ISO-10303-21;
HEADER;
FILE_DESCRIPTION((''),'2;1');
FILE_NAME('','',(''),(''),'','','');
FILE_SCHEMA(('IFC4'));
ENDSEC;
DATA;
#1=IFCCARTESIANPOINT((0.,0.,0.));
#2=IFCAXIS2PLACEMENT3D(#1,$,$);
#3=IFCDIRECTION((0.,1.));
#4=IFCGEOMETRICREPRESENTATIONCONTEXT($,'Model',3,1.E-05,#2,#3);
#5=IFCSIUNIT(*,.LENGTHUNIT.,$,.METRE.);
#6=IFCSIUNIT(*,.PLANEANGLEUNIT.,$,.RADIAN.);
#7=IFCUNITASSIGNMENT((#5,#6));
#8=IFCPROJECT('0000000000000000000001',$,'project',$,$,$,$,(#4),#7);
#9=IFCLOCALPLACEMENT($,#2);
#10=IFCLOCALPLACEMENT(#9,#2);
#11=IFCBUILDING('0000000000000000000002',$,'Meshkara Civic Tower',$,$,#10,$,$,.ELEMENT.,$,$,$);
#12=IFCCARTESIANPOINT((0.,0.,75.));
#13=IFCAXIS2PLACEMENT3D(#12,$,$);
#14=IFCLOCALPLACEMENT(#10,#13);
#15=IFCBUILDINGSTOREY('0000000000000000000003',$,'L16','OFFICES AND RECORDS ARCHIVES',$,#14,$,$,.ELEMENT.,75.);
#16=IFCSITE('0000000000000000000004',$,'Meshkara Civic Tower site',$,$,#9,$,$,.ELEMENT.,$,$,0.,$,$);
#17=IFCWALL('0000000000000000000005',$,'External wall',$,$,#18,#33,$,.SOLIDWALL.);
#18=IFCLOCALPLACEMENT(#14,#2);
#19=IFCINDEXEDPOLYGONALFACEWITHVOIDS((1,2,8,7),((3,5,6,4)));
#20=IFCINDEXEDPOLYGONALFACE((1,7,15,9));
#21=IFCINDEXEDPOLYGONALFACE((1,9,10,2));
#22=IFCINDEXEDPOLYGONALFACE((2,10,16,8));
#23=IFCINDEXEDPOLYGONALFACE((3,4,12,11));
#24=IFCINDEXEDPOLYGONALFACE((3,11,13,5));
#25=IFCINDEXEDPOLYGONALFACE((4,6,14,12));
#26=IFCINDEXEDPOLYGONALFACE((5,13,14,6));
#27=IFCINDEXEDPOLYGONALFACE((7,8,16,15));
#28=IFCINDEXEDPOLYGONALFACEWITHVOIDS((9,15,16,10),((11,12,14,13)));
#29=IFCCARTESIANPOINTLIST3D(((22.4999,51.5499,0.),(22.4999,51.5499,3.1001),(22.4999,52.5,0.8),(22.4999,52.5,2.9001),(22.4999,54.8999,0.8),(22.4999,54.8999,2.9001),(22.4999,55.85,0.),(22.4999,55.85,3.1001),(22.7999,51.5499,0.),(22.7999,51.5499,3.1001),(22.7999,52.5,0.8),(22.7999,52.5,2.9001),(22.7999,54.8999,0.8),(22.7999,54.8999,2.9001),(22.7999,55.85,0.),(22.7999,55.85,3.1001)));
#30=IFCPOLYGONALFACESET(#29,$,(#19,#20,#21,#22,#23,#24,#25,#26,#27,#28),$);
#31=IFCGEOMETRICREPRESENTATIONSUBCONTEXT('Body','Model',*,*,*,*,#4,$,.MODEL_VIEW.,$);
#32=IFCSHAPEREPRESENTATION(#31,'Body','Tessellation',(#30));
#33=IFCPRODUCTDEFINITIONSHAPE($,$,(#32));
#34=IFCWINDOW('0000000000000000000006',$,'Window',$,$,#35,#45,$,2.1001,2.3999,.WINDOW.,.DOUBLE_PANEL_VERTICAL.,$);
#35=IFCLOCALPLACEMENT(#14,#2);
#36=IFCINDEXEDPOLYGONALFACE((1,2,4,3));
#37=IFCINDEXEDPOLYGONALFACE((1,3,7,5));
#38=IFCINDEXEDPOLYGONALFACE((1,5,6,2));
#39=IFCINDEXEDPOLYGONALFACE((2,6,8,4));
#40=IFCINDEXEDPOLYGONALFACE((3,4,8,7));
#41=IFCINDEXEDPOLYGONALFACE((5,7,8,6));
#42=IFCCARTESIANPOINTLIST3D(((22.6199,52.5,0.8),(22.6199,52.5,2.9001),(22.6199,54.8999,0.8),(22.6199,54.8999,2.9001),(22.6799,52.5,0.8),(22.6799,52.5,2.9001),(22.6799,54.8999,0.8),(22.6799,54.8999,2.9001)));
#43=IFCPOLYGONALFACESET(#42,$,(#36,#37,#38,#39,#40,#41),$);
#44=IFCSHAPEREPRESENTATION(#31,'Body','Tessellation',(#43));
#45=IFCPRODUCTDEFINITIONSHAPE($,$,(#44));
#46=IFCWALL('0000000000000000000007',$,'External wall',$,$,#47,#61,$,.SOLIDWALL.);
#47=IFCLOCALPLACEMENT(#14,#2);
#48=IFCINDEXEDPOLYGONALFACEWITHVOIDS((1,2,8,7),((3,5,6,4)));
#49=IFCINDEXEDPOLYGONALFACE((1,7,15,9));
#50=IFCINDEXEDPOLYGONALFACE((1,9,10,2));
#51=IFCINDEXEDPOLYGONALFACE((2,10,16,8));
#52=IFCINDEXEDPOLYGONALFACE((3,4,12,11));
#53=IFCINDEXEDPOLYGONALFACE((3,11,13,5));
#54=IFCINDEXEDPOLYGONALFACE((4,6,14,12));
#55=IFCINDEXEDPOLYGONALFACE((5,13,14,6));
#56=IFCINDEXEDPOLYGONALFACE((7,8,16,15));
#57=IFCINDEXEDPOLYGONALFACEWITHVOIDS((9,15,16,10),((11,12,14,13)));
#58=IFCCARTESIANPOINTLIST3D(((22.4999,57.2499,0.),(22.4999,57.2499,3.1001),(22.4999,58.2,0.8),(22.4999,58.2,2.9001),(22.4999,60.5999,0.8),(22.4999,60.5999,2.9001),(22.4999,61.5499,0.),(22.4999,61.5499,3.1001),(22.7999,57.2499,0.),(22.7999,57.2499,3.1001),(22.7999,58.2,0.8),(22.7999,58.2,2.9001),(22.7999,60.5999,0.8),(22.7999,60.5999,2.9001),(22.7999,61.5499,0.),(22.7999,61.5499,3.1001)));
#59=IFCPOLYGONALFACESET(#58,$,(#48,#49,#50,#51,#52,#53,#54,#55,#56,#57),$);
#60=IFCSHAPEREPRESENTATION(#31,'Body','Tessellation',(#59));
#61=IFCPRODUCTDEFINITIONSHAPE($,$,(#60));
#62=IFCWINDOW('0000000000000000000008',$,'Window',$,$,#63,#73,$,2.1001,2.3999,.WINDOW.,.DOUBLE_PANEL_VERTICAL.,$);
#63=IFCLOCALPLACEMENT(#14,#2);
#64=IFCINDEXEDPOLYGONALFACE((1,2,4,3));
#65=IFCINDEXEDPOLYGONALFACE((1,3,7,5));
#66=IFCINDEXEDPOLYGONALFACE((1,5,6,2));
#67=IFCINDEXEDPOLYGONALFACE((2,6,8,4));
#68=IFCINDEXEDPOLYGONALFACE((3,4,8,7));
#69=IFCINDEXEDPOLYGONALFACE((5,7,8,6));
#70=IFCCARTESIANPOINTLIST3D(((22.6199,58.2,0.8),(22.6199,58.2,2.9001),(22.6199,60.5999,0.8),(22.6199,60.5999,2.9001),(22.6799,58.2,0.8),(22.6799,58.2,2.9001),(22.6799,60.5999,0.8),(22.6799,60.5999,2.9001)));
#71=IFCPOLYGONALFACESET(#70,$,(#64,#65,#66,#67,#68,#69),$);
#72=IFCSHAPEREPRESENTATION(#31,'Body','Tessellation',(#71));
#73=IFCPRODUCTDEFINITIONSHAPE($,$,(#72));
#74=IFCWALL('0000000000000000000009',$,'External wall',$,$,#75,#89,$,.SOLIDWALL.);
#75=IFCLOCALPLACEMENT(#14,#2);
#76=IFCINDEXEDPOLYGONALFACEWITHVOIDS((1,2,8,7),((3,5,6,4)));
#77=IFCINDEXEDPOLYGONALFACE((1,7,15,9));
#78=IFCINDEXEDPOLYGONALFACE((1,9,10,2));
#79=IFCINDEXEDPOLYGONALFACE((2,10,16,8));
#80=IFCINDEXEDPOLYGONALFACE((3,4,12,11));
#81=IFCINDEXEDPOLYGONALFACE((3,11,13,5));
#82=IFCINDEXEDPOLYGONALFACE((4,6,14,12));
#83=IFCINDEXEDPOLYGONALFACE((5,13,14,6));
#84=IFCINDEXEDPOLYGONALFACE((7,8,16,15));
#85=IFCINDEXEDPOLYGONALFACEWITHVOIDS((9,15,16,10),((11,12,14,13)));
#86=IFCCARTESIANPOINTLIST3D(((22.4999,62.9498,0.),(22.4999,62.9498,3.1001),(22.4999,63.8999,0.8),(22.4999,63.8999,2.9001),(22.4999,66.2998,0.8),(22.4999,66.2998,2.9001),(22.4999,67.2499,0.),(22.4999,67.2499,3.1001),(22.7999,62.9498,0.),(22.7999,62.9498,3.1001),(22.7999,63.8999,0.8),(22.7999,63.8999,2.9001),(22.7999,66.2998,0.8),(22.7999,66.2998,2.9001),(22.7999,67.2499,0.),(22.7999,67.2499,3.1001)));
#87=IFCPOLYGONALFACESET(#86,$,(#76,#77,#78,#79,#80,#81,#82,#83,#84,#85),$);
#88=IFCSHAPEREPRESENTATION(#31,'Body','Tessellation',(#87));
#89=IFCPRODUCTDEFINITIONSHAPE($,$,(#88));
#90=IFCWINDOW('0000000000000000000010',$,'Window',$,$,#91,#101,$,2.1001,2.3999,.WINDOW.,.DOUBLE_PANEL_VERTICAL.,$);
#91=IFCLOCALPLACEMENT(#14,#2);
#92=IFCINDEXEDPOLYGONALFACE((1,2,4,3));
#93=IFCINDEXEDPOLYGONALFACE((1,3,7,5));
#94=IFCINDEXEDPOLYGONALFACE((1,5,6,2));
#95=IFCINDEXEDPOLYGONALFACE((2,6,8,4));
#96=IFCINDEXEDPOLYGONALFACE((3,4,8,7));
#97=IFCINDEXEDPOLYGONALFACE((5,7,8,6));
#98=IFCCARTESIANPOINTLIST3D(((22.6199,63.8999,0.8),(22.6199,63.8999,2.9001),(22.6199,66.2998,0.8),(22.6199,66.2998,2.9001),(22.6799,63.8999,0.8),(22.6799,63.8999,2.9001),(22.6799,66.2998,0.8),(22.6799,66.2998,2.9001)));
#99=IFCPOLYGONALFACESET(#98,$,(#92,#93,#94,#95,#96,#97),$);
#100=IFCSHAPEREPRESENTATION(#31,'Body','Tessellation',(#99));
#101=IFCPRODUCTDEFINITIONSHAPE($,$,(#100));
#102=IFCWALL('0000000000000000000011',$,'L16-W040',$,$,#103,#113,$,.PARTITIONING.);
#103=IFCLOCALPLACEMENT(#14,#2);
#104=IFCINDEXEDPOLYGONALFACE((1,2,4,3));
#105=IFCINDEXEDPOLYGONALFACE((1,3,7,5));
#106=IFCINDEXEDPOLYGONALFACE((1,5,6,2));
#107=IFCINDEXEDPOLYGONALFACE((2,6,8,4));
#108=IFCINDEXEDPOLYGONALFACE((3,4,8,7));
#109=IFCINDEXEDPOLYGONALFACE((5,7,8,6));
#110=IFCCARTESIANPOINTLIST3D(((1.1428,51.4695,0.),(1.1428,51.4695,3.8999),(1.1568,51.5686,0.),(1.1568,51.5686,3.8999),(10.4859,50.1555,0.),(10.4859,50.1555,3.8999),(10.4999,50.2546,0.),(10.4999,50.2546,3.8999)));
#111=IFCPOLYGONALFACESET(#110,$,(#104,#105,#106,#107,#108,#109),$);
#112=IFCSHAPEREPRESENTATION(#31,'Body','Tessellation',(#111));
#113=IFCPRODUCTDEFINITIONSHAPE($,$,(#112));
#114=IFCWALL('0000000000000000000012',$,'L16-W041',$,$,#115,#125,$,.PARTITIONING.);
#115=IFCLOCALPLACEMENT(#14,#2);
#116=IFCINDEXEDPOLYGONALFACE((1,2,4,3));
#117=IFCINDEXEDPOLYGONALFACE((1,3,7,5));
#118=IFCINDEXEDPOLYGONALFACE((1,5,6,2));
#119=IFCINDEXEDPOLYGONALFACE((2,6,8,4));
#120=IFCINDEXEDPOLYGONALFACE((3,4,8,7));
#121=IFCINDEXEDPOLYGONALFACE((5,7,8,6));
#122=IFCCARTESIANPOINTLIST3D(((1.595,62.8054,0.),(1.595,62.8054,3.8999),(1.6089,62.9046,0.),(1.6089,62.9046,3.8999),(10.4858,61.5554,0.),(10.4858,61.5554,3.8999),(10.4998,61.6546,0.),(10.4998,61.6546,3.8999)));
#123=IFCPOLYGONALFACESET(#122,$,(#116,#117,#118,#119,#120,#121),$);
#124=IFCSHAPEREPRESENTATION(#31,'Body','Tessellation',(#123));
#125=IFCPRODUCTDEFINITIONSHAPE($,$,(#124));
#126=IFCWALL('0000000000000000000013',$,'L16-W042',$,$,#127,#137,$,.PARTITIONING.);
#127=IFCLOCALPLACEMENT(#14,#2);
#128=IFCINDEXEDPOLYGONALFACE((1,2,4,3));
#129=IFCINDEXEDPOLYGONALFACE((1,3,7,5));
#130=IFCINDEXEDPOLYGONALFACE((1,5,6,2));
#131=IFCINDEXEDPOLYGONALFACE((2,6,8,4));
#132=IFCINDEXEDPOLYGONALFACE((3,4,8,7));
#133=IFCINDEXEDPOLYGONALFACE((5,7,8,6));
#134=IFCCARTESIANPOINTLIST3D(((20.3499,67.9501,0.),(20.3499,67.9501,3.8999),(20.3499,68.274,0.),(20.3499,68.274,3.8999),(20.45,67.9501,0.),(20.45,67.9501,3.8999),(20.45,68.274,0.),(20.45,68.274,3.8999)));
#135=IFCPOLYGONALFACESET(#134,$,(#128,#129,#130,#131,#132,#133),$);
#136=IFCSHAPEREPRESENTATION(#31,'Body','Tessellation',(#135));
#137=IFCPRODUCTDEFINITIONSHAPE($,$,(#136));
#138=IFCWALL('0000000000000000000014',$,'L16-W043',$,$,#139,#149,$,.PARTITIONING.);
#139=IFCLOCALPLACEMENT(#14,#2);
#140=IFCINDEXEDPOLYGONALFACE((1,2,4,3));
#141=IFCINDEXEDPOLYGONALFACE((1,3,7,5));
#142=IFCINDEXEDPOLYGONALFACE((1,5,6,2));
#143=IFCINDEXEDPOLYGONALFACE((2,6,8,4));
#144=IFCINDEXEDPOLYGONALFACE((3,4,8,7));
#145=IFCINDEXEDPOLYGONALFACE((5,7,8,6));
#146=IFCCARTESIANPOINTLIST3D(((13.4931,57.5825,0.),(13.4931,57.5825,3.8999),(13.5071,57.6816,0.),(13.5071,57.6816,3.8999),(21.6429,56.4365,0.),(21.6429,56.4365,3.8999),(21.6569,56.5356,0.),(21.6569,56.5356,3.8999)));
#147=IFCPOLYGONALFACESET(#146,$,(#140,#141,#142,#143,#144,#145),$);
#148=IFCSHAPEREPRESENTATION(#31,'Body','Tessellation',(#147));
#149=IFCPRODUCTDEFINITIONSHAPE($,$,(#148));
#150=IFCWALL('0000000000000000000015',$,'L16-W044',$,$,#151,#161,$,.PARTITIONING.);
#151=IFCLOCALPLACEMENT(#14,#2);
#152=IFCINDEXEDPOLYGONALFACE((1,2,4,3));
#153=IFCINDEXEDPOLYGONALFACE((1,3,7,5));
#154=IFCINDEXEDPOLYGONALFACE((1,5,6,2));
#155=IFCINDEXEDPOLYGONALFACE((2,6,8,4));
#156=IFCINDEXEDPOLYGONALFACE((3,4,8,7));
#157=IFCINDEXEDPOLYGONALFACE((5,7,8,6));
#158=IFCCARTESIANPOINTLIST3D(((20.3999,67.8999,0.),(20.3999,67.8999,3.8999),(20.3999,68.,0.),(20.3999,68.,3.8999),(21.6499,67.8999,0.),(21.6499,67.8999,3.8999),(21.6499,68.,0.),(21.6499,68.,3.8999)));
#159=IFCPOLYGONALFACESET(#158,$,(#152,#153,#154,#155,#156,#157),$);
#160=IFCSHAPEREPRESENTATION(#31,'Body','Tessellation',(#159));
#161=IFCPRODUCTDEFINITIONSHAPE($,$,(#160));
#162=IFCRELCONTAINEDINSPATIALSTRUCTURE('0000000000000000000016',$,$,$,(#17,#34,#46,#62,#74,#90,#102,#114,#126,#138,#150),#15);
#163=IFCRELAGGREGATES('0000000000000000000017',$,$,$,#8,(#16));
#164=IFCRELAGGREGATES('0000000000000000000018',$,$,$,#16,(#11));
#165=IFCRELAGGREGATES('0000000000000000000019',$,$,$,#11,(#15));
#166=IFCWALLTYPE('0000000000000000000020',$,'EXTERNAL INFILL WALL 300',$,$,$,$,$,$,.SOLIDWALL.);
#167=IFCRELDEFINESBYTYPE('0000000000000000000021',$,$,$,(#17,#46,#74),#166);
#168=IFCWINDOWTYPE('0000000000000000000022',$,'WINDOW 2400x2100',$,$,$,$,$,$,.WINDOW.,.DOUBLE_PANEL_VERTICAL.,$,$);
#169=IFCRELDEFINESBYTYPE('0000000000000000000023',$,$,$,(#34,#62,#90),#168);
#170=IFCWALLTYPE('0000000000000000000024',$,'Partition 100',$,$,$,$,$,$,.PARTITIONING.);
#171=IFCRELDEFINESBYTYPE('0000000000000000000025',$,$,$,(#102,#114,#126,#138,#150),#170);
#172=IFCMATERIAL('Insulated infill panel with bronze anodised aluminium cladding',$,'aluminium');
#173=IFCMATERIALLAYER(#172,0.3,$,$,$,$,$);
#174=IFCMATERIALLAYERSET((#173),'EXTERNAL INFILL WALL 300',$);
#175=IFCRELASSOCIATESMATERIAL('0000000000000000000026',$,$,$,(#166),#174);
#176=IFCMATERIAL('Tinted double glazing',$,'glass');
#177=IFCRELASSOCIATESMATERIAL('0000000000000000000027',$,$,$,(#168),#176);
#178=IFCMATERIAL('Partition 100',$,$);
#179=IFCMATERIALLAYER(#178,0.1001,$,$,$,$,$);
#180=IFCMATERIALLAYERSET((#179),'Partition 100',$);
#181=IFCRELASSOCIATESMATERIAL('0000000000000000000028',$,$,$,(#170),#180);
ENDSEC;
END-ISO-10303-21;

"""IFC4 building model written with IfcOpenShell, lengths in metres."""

from ifc_helpers import new_model, si_unit, direction, frame, frame_2d, origin, place, context, subcontext, project, spatial, rectangle, extrude, material, layer, layer_set, type_object, element, fill, save


model = new_model("IFC4")

# Units and contexts
model_context = context("Model", 3, precision=1e-05, world=origin(), true_north=direction((0.0, 1.0)))
body_context = subcontext(model_context, "Body", "Model", "MODEL_VIEW")
ifc_project = project(units=[si_unit("LENGTHUNIT", "METRE"), si_unit("PLANEANGLEUNIT", "RADIAN")], contexts=[model_context])

# Site, building, storey
site_placement = place(None, origin())
site = spatial("IfcSite", under=ifc_project, at=site_placement, Name="Meshkara Civic Tower site", CompositionType="ELEMENT", RefElevation=0.0)
building_placement = place(site_placement, origin())
building = spatial("IfcBuilding", under=site, at=building_placement, Name="Meshkara Civic Tower", CompositionType="ELEMENT")
storey_placement = place(building_placement, frame((0.0, 0.0, 75.0)))
storey = spatial("IfcBuildingStorey", under=building, at=storey_placement, Name="L16", Description="OFFICES AND RECORDS ARCHIVES", CompositionType="ELEMENT", Elevation=75.0)

# Walls, openings, windows
ifc_material_1 = material(Name="Insulated infill panel with bronze anodised aluminium cladding", Category="aluminium")
ifc_layer_1 = layer(ifc_material_1, 0.3)
ifc_layer_set_1 = layer_set([ifc_layer_1], Name="EXTERNAL INFILL WALL 300")
wall_type_1 = type_object("IfcWallType", Name="EXTERNAL INFILL WALL 300", PredefinedType="SOLIDWALL", material=ifc_layer_set_1)
ifc_material_2 = material(Name="Tinted double glazing", Category="glass")
window_type = type_object("IfcWindowType", Name="WINDOW 2400x2100", PartitioningType="DOUBLE_PANEL_VERTICAL", PredefinedType="WINDOW", material=ifc_material_2)
wall_1_placement = place(storey_placement, frame((22.6499, 51.55, 0.0), z_axis=(0.0, 0.0, 1.0), x_axis=(0.0, 1.0, 0.0)))
wall_1 = element("IfcWall", 1, at=wall_1_placement, inside=storey, type_object=wall_type_1, Name="External wall", PredefinedType="SOLIDWALL", context=body_context, shape_type="SweptSolid", body=[
    extrude(rectangle(XDim=4.3, YDim=0.3, at=frame_2d((2.1499, 0.0))), origin(), (0.0, 0.0, 1.0), 3.1001),
])
opening_1_placement = place(wall_1_placement, frame((0.95, 0.0, 0.8)))
opening_1 = element("IfcOpeningElement", 2, at=opening_1_placement, cuts=wall_1, PredefinedType="OPENING", context=body_context, shape_type="SweptSolid", body=[
    extrude(rectangle(XDim=2.3999, YDim=2.1001, at=frame_2d((1.2, 1.05))), frame((0.0, 0.1599, 0.0), z_axis=(0.0, -1.0, 0.0), x_axis=(1.0, 0.0, 0.0)), (0.0, 0.0, 1.0), 0.3201),
])
window_1_placement = place(opening_1_placement, origin())
window_1 = element("IfcWindow", 3, at=window_1_placement, inside=storey, type_object=window_type, Name="Window", OverallHeight=2.1001, OverallWidth=2.3999, PartitioningType="DOUBLE_PANEL_VERTICAL", PredefinedType="WINDOW", context=body_context, shape_type="SweptSolid", body=[
    extrude(rectangle(XDim=2.3999, YDim=2.1001, at=frame_2d((1.2, 1.05))), frame((0.0, 0.03, 0.0), z_axis=(0.0, -1.0, 0.0), x_axis=(1.0, 0.0, 0.0)), (0.0, 0.0, 1.0), 0.0601),
])
fill(opening_1, window_1)
wall_2_placement = place(storey_placement, frame((22.6499, 57.25, 0.0), z_axis=(0.0, 0.0, 1.0), x_axis=(0.0, 1.0, 0.0)))
wall_2 = element("IfcWall", 4, at=wall_2_placement, inside=storey, type_object=wall_type_1, Name="External wall", PredefinedType="SOLIDWALL", context=body_context, shape_type="SweptSolid", body=[
    extrude(rectangle(XDim=4.3, YDim=0.3, at=frame_2d((2.1499, 0.0))), origin(), (0.0, 0.0, 1.0), 3.1001),
])
opening_2_placement = place(wall_2_placement, frame((0.95, 0.0, 0.8)))
opening_2 = element("IfcOpeningElement", 5, at=opening_2_placement, cuts=wall_2, PredefinedType="OPENING", context=body_context, shape_type="SweptSolid", body=[
    extrude(rectangle(XDim=2.3999, YDim=2.1001, at=frame_2d((1.2, 1.05))), frame((0.0, 0.1599, 0.0), z_axis=(0.0, -1.0, 0.0), x_axis=(1.0, 0.0, 0.0)), (0.0, 0.0, 1.0), 0.3201),
])
window_2_placement = place(opening_2_placement, origin())
window_2 = element("IfcWindow", 6, at=window_2_placement, inside=storey, type_object=window_type, Name="Window", OverallHeight=2.1001, OverallWidth=2.3999, PartitioningType="DOUBLE_PANEL_VERTICAL", PredefinedType="WINDOW", context=body_context, shape_type="SweptSolid", body=[
    extrude(rectangle(XDim=2.3999, YDim=2.1001, at=frame_2d((1.2, 1.05))), frame((0.0, 0.03, 0.0), z_axis=(0.0, -1.0, 0.0), x_axis=(1.0, 0.0, 0.0)), (0.0, 0.0, 1.0), 0.0601),
])
fill(opening_2, window_2)
wall_3_placement = place(storey_placement, frame((22.6499, 62.95, 0.0), z_axis=(0.0, 0.0, 1.0), x_axis=(0.0, 1.0, 0.0)))
wall_3 = element("IfcWall", 7, at=wall_3_placement, inside=storey, type_object=wall_type_1, Name="External wall", PredefinedType="SOLIDWALL", context=body_context, shape_type="SweptSolid", body=[
    extrude(rectangle(XDim=4.3, YDim=0.3, at=frame_2d((2.1499, 0.0))), origin(), (0.0, 0.0, 1.0), 3.1001),
])
opening_3_placement = place(wall_3_placement, frame((0.95, 0.0, 0.8)))
opening_3 = element("IfcOpeningElement", 8, at=opening_3_placement, cuts=wall_3, PredefinedType="OPENING", context=body_context, shape_type="SweptSolid", body=[
    extrude(rectangle(XDim=2.3999, YDim=2.1001, at=frame_2d((1.2, 1.05))), frame((0.0, 0.1599, 0.0), z_axis=(0.0, -1.0, 0.0), x_axis=(1.0, 0.0, 0.0)), (0.0, 0.0, 1.0), 0.3201),
])
window_3_placement = place(opening_3_placement, origin())
window_3 = element("IfcWindow", 9, at=window_3_placement, inside=storey, type_object=window_type, Name="Window", OverallHeight=2.1001, OverallWidth=2.3999, PartitioningType="DOUBLE_PANEL_VERTICAL", PredefinedType="WINDOW", context=body_context, shape_type="SweptSolid", body=[
    extrude(rectangle(XDim=2.3999, YDim=2.1001, at=frame_2d((1.2, 1.05))), frame((0.0, 0.03, 0.0), z_axis=(0.0, -1.0, 0.0), x_axis=(1.0, 0.0, 0.0)), (0.0, 0.0, 1.0), 0.0601),
])
fill(opening_3, window_3)

# Walls
ifc_material_3 = material(Name="Partition 100")
ifc_layer_2 = layer(ifc_material_3, 0.1001)
ifc_layer_set_2 = layer_set([ifc_layer_2], Name="Partition 100")
wall_type_2 = type_object("IfcWallType", Name="Partition 100", PredefinedType="PARTITIONING", material=ifc_layer_set_2)
wall_4_placement = place(storey_placement, frame((10.4929, 50.2051, 0.0), z_axis=(0.0, 0.0, 1.0), x_axis=(-0.990255, 0.139266, 0.0)))
element("IfcWall", 10, at=wall_4_placement, inside=storey, type_object=wall_type_2, Name="L16-W040", PredefinedType="PARTITIONING", context=body_context, shape_type="SweptSolid", body=[
    extrude(rectangle(XDim=9.4351, YDim=0.1001, at=frame_2d((4.7175, 0.0))), origin(), (0.0, 0.0, 1.0), 3.8999),
])
wall_5_placement = place(storey_placement, frame((10.4929, 61.605, 0.0), z_axis=(0.0, 0.0, 1.0), x_axis=(-0.990261, 0.139224, 0.0)))
element("IfcWall", 11, at=wall_5_placement, inside=storey, type_object=wall_type_2, Name="L16-W041", PredefinedType="PARTITIONING", context=body_context, shape_type="SweptSolid", body=[
    extrude(rectangle(XDim=8.9783, YDim=0.1001, at=frame_2d((4.4893, 0.0))), origin(), (0.0, 0.0, 1.0), 3.8999),
])
wall_6_placement = place(storey_placement, frame((20.3999, 67.95, 0.0), z_axis=(0.0, 0.0, 1.0), x_axis=(0.0, 1.0, 0.0)))
element("IfcWall", 12, at=wall_6_placement, inside=storey, type_object=wall_type_2, Name="L16-W042", PredefinedType="PARTITIONING", context=body_context, shape_type="SweptSolid", body=[
    extrude(rectangle(XDim=0.324, YDim=0.1001, at=frame_2d((0.1621, 0.0))), origin(), (0.0, 0.0, 1.0), 3.8999),
])
wall_7_placement = place(storey_placement, frame((21.6499, 56.4861, 0.0), z_axis=(0.0, 0.0, 1.0), x_axis=(-0.990258, 0.139245, 0.0)))
element("IfcWall", 13, at=wall_7_placement, inside=storey, type_object=wall_type_2, Name="L16-W043", PredefinedType="PARTITIONING", context=body_context, shape_type="SweptSolid", body=[
    extrude(rectangle(XDim=8.23, YDim=0.1001, at=frame_2d((4.115, 0.0))), origin(), (0.0, 0.0, 1.0), 3.8999),
])
wall_8_placement = place(storey_placement, frame((21.6499, 67.95, 0.0), z_axis=(0.0, 0.0, 1.0), x_axis=(-1.0, 0.0, 0.0)))
element("IfcWall", 14, at=wall_8_placement, inside=storey, type_object=wall_type_2, Name="L16-W044", PredefinedType="PARTITIONING", context=body_context, shape_type="SweptSolid", body=[
    extrude(rectangle(XDim=1.25, YDim=0.1001, at=frame_2d((0.625, 0.0))), origin(), (0.0, 0.0, 1.0), 3.8999),
])

save(model, "model.ifc")
